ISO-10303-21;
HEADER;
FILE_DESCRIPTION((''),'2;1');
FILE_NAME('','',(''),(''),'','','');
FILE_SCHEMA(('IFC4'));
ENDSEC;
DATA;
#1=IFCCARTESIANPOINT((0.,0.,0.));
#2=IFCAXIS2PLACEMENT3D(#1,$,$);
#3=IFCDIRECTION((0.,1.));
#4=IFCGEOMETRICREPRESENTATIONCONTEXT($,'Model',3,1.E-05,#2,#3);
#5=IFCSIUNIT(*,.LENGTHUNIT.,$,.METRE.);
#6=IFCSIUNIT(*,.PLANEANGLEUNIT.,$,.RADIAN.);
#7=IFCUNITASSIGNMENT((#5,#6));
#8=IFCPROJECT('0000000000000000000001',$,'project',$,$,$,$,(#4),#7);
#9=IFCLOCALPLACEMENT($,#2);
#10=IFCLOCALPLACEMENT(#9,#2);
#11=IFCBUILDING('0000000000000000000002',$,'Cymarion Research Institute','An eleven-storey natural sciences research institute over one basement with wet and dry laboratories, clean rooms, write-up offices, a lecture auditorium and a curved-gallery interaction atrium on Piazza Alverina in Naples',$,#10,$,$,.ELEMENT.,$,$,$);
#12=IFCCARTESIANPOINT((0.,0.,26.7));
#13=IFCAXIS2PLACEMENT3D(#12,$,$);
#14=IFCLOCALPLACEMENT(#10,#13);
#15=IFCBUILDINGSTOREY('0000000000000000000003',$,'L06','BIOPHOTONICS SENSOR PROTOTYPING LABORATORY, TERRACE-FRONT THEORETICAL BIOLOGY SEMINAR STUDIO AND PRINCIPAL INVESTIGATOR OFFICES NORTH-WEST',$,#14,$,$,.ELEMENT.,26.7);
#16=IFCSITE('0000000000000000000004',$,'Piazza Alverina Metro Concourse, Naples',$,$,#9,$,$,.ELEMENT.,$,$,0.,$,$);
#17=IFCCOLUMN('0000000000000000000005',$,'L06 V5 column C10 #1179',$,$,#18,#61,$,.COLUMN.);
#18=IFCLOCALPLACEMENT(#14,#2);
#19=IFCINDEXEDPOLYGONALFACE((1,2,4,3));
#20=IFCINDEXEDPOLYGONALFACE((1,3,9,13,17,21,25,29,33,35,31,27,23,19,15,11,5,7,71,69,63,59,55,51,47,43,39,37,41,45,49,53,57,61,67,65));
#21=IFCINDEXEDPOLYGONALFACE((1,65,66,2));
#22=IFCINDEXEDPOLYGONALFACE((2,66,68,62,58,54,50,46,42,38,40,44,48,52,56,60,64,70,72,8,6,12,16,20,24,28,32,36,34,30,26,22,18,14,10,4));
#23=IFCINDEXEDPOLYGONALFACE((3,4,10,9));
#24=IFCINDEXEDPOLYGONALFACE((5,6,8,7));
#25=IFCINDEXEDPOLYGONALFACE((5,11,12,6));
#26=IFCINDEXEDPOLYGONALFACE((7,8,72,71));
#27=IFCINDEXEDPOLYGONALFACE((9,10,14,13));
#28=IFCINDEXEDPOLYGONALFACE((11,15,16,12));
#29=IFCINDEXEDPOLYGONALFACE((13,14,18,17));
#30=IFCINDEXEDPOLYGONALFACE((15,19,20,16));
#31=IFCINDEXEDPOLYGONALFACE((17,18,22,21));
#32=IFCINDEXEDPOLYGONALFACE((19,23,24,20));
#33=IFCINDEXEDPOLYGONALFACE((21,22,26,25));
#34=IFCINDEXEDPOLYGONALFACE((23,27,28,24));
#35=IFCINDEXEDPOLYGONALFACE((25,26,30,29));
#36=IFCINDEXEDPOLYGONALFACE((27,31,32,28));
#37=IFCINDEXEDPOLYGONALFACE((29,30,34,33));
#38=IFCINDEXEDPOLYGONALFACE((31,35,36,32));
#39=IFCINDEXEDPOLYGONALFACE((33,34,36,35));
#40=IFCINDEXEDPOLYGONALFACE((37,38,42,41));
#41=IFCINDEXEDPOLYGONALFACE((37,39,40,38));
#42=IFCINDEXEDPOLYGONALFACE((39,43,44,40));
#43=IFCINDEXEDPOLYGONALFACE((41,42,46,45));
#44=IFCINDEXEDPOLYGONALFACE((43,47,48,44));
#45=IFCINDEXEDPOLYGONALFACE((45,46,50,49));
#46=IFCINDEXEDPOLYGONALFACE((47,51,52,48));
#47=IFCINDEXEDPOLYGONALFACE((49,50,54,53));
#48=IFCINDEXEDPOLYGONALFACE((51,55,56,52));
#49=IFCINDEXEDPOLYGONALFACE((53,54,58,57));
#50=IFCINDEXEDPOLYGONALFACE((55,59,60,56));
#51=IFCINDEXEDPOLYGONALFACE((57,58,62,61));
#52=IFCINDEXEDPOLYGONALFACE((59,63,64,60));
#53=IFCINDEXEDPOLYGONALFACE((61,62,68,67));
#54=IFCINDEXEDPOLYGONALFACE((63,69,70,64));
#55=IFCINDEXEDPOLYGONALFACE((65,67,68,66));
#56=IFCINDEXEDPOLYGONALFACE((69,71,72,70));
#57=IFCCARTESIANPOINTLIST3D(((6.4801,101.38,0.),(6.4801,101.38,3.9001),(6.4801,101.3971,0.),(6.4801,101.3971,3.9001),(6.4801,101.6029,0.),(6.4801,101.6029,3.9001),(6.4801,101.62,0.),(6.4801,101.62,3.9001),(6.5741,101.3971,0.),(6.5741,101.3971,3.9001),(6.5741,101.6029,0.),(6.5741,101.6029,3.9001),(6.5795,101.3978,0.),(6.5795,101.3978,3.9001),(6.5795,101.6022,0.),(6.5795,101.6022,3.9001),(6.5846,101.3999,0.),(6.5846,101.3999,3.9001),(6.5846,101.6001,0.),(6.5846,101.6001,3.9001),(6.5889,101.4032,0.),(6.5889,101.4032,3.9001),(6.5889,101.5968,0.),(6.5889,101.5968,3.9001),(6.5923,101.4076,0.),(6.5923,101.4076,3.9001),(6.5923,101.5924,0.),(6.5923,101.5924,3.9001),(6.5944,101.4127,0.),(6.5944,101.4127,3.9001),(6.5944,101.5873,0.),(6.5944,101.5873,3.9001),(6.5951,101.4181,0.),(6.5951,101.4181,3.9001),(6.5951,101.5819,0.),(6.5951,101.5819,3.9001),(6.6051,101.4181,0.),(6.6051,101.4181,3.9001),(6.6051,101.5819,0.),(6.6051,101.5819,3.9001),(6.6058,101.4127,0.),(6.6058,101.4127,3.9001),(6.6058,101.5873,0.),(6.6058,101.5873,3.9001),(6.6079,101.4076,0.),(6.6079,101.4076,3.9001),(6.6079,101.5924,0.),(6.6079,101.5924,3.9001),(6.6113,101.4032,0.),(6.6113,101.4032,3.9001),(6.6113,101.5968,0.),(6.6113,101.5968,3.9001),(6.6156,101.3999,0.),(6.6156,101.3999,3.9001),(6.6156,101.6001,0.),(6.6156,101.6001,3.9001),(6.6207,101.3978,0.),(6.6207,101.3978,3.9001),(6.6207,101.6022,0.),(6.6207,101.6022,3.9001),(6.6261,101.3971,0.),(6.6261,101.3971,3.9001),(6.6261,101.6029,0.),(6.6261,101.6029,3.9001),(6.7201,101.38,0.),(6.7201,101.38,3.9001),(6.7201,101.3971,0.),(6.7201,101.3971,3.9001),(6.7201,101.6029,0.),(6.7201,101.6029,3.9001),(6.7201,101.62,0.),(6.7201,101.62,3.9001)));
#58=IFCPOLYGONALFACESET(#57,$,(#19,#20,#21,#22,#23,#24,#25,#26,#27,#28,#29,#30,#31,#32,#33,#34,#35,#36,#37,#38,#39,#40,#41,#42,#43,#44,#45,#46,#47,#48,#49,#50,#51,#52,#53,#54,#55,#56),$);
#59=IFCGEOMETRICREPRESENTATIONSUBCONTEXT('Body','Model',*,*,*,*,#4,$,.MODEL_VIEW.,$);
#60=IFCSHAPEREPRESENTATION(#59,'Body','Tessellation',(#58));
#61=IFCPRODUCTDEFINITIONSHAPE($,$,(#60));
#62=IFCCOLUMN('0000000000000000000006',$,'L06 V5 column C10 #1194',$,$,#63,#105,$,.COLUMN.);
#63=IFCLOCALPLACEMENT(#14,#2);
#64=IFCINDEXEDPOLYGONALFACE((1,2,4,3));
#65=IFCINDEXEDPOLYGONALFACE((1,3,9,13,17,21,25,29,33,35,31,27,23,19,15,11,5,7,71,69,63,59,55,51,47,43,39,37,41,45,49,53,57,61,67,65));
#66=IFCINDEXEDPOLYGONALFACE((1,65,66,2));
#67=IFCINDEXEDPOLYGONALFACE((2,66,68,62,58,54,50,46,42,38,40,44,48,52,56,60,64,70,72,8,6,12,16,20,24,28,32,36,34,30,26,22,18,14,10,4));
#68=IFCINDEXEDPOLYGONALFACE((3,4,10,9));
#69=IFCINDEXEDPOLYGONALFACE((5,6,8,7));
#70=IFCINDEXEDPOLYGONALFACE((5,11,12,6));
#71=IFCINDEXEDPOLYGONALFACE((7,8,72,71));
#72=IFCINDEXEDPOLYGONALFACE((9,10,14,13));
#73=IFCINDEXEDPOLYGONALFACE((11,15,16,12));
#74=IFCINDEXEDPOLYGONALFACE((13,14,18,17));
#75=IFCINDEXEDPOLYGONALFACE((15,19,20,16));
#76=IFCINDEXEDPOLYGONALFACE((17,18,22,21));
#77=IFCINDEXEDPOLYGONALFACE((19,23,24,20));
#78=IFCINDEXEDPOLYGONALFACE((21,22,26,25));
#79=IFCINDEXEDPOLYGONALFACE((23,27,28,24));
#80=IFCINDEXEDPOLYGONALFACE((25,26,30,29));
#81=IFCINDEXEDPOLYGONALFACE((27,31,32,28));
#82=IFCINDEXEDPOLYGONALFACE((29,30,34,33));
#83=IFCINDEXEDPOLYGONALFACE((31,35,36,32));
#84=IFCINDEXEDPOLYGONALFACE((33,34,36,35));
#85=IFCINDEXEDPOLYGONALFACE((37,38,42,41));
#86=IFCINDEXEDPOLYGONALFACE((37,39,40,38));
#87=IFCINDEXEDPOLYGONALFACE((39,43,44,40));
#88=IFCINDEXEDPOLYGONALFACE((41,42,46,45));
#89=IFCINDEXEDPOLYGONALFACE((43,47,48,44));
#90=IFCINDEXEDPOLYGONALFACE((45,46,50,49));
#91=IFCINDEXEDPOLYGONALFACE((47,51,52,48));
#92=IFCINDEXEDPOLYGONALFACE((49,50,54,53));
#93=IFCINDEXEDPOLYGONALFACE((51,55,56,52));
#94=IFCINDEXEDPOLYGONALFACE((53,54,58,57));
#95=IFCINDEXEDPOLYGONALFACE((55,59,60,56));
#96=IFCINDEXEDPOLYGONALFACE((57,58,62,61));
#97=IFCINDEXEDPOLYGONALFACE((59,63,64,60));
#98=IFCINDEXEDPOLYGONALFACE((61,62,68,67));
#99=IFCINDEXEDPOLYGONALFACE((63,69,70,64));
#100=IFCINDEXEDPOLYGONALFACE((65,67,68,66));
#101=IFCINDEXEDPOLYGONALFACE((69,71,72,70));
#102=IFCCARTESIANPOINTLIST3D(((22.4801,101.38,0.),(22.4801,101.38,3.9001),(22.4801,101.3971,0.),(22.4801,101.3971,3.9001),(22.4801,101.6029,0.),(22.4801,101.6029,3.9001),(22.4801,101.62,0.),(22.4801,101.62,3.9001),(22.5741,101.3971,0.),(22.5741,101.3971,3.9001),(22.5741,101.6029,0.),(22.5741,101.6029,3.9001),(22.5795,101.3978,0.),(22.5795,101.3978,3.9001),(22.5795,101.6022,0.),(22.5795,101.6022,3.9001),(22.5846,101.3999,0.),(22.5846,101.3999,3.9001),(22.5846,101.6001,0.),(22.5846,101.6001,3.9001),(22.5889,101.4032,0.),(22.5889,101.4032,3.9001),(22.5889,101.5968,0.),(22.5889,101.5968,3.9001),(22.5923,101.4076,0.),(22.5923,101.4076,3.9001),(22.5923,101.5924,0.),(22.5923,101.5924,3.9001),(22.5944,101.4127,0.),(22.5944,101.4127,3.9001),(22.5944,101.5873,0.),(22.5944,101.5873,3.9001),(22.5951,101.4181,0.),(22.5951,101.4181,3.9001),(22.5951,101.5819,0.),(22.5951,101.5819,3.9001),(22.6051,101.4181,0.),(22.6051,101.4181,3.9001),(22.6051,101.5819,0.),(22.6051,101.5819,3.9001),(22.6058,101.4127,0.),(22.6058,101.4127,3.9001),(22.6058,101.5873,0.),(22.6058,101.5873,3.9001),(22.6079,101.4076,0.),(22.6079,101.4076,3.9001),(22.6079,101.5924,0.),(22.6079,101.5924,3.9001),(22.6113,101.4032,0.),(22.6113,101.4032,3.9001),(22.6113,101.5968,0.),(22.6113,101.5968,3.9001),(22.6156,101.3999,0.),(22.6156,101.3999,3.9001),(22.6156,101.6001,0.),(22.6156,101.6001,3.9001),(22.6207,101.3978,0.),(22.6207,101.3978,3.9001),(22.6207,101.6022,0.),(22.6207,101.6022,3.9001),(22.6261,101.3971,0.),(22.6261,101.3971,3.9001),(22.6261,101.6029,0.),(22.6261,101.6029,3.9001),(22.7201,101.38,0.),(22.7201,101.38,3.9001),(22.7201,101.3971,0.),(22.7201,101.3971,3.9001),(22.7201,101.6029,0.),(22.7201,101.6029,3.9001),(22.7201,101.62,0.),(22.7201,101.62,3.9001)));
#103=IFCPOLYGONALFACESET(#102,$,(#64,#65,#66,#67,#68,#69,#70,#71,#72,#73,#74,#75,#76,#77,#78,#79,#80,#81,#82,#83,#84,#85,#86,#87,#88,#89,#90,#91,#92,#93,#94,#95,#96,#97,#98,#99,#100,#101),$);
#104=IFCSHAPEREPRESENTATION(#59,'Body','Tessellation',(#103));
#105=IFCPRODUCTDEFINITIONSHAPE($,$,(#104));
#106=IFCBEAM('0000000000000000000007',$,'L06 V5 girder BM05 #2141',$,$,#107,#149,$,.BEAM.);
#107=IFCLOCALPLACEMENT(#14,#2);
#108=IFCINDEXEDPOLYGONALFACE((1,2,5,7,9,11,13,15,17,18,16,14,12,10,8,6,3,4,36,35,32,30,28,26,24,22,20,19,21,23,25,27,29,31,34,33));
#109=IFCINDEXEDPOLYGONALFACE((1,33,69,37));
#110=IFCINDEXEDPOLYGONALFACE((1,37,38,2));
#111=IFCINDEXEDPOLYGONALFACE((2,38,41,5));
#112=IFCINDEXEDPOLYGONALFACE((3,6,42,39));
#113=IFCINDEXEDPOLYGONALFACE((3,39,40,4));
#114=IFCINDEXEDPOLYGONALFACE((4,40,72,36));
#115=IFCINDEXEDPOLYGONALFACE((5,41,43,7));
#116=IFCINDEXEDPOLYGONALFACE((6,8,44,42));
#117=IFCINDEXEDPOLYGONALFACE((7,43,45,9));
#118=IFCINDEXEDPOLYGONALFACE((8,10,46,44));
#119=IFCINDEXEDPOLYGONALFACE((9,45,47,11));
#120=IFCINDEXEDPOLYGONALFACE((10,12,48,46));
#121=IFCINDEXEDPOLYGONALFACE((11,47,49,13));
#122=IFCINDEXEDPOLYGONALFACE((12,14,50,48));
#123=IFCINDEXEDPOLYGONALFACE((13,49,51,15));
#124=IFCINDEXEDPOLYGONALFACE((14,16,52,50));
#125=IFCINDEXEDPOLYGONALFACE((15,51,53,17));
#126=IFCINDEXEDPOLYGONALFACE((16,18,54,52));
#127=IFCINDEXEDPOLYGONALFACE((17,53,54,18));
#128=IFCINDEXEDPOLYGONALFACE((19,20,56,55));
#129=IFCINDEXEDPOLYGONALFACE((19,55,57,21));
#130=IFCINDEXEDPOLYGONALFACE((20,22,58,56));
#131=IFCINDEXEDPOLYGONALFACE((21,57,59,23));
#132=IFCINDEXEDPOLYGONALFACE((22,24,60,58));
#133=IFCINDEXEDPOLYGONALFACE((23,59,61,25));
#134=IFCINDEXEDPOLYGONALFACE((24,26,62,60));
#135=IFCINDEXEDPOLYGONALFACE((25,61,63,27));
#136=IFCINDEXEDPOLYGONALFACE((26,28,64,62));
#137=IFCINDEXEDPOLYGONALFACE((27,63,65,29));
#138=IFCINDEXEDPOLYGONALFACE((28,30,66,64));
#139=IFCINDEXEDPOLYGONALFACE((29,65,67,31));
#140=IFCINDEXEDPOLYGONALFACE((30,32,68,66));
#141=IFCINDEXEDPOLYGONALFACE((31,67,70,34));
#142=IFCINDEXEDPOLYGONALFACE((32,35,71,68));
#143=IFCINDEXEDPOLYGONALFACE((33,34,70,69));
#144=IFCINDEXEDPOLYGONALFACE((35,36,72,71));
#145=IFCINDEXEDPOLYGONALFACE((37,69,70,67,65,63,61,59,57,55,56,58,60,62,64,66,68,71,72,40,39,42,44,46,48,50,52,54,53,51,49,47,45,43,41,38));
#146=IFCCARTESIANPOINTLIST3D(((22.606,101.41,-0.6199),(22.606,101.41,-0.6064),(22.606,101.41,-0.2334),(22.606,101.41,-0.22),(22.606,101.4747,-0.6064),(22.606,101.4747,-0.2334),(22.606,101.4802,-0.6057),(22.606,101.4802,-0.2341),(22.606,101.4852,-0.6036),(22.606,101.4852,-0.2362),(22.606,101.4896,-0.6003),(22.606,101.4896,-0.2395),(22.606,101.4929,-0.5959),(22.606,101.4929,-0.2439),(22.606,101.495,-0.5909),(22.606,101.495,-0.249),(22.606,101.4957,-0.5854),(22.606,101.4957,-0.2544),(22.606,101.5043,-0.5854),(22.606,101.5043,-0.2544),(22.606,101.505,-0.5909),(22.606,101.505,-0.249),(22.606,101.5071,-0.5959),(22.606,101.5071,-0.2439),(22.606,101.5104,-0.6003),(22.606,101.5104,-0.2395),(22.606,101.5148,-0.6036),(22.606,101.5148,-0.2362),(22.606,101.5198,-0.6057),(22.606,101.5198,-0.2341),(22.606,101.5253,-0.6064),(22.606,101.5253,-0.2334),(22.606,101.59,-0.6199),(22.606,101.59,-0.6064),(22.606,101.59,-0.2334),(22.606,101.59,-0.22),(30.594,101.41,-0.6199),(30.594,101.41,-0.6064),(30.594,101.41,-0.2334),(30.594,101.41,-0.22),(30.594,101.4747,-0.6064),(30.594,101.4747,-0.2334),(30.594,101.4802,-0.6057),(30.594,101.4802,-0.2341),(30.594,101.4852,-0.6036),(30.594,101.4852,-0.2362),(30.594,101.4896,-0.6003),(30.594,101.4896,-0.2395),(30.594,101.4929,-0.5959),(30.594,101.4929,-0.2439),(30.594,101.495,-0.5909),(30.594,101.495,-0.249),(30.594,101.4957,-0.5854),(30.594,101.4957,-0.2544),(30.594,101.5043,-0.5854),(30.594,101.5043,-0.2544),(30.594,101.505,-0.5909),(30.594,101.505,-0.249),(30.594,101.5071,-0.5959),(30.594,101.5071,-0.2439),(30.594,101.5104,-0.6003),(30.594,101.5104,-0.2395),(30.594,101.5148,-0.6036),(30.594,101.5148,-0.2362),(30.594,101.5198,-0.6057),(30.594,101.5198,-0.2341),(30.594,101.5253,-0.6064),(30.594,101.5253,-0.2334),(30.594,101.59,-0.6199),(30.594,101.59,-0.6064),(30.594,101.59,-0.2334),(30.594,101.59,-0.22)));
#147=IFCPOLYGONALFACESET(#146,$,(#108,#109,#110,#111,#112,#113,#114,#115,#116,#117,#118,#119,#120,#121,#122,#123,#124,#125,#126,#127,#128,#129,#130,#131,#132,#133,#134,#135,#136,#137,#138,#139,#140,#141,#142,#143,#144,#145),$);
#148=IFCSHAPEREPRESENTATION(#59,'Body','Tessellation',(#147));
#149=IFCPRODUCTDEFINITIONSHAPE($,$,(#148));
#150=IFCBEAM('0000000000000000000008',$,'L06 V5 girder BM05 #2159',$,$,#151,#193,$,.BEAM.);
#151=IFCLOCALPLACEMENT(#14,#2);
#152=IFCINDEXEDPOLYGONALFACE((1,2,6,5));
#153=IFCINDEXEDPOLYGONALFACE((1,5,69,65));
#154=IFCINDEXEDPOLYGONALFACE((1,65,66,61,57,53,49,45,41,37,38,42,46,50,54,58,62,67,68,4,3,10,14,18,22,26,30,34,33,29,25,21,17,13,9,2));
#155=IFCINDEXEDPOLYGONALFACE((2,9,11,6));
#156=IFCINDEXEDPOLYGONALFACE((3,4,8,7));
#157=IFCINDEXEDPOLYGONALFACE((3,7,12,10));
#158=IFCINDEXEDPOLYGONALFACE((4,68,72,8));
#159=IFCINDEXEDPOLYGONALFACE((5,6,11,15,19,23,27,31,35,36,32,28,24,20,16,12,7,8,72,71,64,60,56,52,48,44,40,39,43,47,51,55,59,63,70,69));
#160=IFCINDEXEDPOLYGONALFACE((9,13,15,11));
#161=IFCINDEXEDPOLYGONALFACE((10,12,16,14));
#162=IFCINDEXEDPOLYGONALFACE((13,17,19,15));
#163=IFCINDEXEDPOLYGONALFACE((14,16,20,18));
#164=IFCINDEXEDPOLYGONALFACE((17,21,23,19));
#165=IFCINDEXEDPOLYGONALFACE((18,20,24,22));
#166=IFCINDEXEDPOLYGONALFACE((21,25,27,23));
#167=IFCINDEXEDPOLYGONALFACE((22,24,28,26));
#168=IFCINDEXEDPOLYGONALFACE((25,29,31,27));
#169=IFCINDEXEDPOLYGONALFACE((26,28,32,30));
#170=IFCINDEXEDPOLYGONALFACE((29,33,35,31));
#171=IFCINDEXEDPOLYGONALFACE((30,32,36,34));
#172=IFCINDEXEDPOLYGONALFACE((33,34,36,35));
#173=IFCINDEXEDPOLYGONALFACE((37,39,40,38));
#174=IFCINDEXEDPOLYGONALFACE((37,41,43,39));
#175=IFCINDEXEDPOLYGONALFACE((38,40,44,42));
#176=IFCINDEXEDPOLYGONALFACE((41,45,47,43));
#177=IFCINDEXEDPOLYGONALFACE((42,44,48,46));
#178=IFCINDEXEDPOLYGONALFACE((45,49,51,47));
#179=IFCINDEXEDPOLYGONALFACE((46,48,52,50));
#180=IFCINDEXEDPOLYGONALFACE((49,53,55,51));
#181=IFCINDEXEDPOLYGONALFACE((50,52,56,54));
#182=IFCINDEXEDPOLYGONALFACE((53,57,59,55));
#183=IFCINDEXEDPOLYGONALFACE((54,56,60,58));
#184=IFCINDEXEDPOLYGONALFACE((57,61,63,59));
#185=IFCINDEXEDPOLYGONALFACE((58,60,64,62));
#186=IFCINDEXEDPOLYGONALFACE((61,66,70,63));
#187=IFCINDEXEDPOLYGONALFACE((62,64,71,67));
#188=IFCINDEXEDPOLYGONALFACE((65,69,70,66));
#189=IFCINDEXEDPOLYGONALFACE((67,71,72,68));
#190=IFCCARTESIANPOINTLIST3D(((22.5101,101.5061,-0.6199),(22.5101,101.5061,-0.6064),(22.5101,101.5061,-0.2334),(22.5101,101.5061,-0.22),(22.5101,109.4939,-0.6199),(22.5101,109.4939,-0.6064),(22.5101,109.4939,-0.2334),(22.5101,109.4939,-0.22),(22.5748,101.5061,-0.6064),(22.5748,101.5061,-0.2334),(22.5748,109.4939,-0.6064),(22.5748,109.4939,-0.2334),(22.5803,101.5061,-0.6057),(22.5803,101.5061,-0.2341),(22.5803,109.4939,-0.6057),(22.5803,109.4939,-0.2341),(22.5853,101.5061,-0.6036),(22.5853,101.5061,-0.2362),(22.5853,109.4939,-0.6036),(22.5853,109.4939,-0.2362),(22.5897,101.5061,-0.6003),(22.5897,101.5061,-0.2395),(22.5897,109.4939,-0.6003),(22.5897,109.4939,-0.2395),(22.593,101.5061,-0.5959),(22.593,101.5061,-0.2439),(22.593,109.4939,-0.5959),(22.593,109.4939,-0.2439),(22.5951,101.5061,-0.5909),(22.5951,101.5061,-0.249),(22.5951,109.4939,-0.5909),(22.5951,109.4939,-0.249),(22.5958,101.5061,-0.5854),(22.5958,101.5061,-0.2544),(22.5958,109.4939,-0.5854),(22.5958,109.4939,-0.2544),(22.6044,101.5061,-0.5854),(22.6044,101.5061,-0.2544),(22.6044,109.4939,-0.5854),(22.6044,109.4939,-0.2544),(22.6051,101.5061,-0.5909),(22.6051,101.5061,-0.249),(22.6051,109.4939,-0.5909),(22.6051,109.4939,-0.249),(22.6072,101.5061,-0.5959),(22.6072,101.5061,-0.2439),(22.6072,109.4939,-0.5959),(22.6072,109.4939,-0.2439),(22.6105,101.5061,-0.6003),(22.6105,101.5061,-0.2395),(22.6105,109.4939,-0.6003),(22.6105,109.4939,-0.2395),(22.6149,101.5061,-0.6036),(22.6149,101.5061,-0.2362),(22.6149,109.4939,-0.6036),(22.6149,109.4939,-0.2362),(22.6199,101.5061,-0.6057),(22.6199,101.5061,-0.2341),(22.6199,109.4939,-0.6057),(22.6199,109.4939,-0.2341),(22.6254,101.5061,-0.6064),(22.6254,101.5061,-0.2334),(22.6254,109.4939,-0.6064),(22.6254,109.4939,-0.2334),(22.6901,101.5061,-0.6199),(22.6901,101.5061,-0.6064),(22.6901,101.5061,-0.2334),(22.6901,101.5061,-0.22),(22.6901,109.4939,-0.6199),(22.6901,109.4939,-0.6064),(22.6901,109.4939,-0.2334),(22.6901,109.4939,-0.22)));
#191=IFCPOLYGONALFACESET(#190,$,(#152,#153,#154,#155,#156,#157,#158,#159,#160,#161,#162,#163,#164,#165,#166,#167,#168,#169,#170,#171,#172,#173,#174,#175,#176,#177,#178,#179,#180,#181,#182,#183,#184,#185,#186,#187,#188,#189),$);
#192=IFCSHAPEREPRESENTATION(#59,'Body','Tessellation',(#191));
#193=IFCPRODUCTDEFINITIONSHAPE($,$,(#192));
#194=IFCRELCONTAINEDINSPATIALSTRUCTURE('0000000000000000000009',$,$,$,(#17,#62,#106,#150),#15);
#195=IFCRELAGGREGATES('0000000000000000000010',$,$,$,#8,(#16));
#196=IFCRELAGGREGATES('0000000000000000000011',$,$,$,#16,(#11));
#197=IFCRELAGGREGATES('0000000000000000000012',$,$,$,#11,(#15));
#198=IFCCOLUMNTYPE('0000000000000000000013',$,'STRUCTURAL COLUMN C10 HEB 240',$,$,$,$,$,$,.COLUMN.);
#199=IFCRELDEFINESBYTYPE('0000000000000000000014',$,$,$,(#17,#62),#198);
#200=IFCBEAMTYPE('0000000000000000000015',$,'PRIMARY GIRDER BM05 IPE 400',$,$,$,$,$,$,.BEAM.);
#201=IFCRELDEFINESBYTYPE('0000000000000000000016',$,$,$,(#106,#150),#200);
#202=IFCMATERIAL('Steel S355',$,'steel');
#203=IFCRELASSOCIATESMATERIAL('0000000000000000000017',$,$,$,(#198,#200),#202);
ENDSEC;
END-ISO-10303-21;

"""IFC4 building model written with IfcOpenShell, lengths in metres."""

from ifc_helpers import new_model, si_unit, direction, frame, origin, origin_2d, place, context, subcontext, project, spatial, i_section, extrude, material, material_profile, profile_set, type_object, element, save


model = new_model("IFC4")

# Units and contexts
model_context = context("Model", 3, precision=1e-05, world=origin(), true_north=direction((0.0, 1.0)))
body_context = subcontext(model_context, "Body", "Model", "MODEL_VIEW")
ifc_project = project(units=[si_unit("LENGTHUNIT", "METRE"), si_unit("PLANEANGLEUNIT", "RADIAN")], contexts=[model_context])

# Site, building, storey
site_placement = place(None, origin())
site = spatial("IfcSite", under=ifc_project, at=site_placement, Name="Piazza Alverina Metro Concourse, Naples", CompositionType="ELEMENT", RefElevation=0.0)
building_placement = place(site_placement, origin())
building = spatial("IfcBuilding", under=site, at=building_placement, Name="Cymarion Research Institute", Description="An eleven-storey natural sciences research institute over one basement with wet and dry laboratories, clean rooms, write-up offices, a lecture auditorium and a curved-gallery interaction atrium on Piazza Alverina in Naples", CompositionType="ELEMENT")
storey_placement = place(building_placement, frame((0.0, 0.0, 26.7)))
storey = spatial("IfcBuildingStorey", under=building, at=storey_placement, Name="L06", Description="BIOPHOTONICS SENSOR PROTOTYPING LABORATORY, TERRACE-FRONT THEORETICAL BIOLOGY SEMINAR STUDIO AND PRINCIPAL INVESTIGATOR OFFICES NORTH-WEST", CompositionType="ELEMENT", Elevation=26.7)

# Columns
ifc_material_1 = material(Name="Steel S355", Category="steel")
ifc_material_profile_1 = material_profile(ifc_material_1, i_section(OverallWidth=0.24, OverallDepth=0.24, WebThickness=0.01, FlangeThickness=0.0171, FilletRadius=0.021, at=origin_2d()), Name="HEB 240")
ifc_profile_set_1 = profile_set([ifc_material_profile_1], Name="Steel S355")
column_type = type_object("IfcColumnType", Name="STRUCTURAL COLUMN C10 HEB 240", PredefinedType="COLUMN", material=ifc_profile_set_1)
for number, where, z_axis, x_axis, name in (
    (1, (6.6001, 101.5, 0.0), (0.0, 0.0, 1.0), (1.0, 0.0, 0.0), "L06 V5 column C10 #1179"),
    (2, (22.6001, 101.5, 0.0), (0.0, 0.0, 1.0), (1.0, 0.0, 0.0), "L06 V5 column C10 #1194"),
):
    element("IfcColumn", number, at=place(storey_placement, frame(where, z_axis=z_axis, x_axis=x_axis)), inside=storey, type_object=column_type, Name=name, PredefinedType="COLUMN", context=body_context, shape_type="SweptSolid", body=[
        extrude(i_section(OverallWidth=0.24, OverallDepth=0.24, WebThickness=0.01, FlangeThickness=0.0171, FilletRadius=0.021, at=origin_2d()), origin(), (0.0, 0.0, 1.0), 3.9001),
    ])

# Beams
ifc_material_profile_2 = material_profile(ifc_material_1, i_section(OverallWidth=0.1799, OverallDepth=0.3999, WebThickness=0.0085, FlangeThickness=0.0134, FilletRadius=0.021, at=origin_2d()), Name="IPE 400")
ifc_profile_set_2 = profile_set([ifc_material_profile_2], Name="Steel S355")
beam_type_1 = type_object("IfcBeamType", Name="PRIMARY GIRDER BM05 IPE 400", PredefinedType="BEAM", material=ifc_profile_set_2)
beam_1_placement = place(storey_placement, frame((22.606, 101.5, -0.4199), z_axis=(1.0, 0.0, 0.0), x_axis=(0.0, 1.0, 0.0)))
element("IfcBeam", 3, at=beam_1_placement, inside=storey, type_object=beam_type_1, Name="L06 V5 girder BM05 #2141", PredefinedType="BEAM", context=body_context, shape_type="SweptSolid", body=[
    extrude(i_section(OverallWidth=0.1799, OverallDepth=0.3999, WebThickness=0.0085, FlangeThickness=0.0134, FilletRadius=0.021, at=origin_2d()), origin(), (0.0, 0.0, 1.0), 7.988),
])
beam_2_placement = place(storey_placement, frame((22.6001, 101.5061, -0.4199), z_axis=(0.0, 1.0, 0.0), x_axis=(-1.0, 0.0, 0.0)))
element("IfcBeam", 4, at=beam_2_placement, inside=storey, type_object=beam_type_1, Name="L06 V5 girder BM05 #2159", PredefinedType="BEAM", context=body_context, shape_type="SweptSolid", body=[
    extrude(i_section(OverallWidth=0.1799, OverallDepth=0.3999, WebThickness=0.0085, FlangeThickness=0.0134, FilletRadius=0.021, at=origin_2d()), origin(), (0.0, 0.0, 1.0), 7.9878),
])

save(model, "model.ifc")
